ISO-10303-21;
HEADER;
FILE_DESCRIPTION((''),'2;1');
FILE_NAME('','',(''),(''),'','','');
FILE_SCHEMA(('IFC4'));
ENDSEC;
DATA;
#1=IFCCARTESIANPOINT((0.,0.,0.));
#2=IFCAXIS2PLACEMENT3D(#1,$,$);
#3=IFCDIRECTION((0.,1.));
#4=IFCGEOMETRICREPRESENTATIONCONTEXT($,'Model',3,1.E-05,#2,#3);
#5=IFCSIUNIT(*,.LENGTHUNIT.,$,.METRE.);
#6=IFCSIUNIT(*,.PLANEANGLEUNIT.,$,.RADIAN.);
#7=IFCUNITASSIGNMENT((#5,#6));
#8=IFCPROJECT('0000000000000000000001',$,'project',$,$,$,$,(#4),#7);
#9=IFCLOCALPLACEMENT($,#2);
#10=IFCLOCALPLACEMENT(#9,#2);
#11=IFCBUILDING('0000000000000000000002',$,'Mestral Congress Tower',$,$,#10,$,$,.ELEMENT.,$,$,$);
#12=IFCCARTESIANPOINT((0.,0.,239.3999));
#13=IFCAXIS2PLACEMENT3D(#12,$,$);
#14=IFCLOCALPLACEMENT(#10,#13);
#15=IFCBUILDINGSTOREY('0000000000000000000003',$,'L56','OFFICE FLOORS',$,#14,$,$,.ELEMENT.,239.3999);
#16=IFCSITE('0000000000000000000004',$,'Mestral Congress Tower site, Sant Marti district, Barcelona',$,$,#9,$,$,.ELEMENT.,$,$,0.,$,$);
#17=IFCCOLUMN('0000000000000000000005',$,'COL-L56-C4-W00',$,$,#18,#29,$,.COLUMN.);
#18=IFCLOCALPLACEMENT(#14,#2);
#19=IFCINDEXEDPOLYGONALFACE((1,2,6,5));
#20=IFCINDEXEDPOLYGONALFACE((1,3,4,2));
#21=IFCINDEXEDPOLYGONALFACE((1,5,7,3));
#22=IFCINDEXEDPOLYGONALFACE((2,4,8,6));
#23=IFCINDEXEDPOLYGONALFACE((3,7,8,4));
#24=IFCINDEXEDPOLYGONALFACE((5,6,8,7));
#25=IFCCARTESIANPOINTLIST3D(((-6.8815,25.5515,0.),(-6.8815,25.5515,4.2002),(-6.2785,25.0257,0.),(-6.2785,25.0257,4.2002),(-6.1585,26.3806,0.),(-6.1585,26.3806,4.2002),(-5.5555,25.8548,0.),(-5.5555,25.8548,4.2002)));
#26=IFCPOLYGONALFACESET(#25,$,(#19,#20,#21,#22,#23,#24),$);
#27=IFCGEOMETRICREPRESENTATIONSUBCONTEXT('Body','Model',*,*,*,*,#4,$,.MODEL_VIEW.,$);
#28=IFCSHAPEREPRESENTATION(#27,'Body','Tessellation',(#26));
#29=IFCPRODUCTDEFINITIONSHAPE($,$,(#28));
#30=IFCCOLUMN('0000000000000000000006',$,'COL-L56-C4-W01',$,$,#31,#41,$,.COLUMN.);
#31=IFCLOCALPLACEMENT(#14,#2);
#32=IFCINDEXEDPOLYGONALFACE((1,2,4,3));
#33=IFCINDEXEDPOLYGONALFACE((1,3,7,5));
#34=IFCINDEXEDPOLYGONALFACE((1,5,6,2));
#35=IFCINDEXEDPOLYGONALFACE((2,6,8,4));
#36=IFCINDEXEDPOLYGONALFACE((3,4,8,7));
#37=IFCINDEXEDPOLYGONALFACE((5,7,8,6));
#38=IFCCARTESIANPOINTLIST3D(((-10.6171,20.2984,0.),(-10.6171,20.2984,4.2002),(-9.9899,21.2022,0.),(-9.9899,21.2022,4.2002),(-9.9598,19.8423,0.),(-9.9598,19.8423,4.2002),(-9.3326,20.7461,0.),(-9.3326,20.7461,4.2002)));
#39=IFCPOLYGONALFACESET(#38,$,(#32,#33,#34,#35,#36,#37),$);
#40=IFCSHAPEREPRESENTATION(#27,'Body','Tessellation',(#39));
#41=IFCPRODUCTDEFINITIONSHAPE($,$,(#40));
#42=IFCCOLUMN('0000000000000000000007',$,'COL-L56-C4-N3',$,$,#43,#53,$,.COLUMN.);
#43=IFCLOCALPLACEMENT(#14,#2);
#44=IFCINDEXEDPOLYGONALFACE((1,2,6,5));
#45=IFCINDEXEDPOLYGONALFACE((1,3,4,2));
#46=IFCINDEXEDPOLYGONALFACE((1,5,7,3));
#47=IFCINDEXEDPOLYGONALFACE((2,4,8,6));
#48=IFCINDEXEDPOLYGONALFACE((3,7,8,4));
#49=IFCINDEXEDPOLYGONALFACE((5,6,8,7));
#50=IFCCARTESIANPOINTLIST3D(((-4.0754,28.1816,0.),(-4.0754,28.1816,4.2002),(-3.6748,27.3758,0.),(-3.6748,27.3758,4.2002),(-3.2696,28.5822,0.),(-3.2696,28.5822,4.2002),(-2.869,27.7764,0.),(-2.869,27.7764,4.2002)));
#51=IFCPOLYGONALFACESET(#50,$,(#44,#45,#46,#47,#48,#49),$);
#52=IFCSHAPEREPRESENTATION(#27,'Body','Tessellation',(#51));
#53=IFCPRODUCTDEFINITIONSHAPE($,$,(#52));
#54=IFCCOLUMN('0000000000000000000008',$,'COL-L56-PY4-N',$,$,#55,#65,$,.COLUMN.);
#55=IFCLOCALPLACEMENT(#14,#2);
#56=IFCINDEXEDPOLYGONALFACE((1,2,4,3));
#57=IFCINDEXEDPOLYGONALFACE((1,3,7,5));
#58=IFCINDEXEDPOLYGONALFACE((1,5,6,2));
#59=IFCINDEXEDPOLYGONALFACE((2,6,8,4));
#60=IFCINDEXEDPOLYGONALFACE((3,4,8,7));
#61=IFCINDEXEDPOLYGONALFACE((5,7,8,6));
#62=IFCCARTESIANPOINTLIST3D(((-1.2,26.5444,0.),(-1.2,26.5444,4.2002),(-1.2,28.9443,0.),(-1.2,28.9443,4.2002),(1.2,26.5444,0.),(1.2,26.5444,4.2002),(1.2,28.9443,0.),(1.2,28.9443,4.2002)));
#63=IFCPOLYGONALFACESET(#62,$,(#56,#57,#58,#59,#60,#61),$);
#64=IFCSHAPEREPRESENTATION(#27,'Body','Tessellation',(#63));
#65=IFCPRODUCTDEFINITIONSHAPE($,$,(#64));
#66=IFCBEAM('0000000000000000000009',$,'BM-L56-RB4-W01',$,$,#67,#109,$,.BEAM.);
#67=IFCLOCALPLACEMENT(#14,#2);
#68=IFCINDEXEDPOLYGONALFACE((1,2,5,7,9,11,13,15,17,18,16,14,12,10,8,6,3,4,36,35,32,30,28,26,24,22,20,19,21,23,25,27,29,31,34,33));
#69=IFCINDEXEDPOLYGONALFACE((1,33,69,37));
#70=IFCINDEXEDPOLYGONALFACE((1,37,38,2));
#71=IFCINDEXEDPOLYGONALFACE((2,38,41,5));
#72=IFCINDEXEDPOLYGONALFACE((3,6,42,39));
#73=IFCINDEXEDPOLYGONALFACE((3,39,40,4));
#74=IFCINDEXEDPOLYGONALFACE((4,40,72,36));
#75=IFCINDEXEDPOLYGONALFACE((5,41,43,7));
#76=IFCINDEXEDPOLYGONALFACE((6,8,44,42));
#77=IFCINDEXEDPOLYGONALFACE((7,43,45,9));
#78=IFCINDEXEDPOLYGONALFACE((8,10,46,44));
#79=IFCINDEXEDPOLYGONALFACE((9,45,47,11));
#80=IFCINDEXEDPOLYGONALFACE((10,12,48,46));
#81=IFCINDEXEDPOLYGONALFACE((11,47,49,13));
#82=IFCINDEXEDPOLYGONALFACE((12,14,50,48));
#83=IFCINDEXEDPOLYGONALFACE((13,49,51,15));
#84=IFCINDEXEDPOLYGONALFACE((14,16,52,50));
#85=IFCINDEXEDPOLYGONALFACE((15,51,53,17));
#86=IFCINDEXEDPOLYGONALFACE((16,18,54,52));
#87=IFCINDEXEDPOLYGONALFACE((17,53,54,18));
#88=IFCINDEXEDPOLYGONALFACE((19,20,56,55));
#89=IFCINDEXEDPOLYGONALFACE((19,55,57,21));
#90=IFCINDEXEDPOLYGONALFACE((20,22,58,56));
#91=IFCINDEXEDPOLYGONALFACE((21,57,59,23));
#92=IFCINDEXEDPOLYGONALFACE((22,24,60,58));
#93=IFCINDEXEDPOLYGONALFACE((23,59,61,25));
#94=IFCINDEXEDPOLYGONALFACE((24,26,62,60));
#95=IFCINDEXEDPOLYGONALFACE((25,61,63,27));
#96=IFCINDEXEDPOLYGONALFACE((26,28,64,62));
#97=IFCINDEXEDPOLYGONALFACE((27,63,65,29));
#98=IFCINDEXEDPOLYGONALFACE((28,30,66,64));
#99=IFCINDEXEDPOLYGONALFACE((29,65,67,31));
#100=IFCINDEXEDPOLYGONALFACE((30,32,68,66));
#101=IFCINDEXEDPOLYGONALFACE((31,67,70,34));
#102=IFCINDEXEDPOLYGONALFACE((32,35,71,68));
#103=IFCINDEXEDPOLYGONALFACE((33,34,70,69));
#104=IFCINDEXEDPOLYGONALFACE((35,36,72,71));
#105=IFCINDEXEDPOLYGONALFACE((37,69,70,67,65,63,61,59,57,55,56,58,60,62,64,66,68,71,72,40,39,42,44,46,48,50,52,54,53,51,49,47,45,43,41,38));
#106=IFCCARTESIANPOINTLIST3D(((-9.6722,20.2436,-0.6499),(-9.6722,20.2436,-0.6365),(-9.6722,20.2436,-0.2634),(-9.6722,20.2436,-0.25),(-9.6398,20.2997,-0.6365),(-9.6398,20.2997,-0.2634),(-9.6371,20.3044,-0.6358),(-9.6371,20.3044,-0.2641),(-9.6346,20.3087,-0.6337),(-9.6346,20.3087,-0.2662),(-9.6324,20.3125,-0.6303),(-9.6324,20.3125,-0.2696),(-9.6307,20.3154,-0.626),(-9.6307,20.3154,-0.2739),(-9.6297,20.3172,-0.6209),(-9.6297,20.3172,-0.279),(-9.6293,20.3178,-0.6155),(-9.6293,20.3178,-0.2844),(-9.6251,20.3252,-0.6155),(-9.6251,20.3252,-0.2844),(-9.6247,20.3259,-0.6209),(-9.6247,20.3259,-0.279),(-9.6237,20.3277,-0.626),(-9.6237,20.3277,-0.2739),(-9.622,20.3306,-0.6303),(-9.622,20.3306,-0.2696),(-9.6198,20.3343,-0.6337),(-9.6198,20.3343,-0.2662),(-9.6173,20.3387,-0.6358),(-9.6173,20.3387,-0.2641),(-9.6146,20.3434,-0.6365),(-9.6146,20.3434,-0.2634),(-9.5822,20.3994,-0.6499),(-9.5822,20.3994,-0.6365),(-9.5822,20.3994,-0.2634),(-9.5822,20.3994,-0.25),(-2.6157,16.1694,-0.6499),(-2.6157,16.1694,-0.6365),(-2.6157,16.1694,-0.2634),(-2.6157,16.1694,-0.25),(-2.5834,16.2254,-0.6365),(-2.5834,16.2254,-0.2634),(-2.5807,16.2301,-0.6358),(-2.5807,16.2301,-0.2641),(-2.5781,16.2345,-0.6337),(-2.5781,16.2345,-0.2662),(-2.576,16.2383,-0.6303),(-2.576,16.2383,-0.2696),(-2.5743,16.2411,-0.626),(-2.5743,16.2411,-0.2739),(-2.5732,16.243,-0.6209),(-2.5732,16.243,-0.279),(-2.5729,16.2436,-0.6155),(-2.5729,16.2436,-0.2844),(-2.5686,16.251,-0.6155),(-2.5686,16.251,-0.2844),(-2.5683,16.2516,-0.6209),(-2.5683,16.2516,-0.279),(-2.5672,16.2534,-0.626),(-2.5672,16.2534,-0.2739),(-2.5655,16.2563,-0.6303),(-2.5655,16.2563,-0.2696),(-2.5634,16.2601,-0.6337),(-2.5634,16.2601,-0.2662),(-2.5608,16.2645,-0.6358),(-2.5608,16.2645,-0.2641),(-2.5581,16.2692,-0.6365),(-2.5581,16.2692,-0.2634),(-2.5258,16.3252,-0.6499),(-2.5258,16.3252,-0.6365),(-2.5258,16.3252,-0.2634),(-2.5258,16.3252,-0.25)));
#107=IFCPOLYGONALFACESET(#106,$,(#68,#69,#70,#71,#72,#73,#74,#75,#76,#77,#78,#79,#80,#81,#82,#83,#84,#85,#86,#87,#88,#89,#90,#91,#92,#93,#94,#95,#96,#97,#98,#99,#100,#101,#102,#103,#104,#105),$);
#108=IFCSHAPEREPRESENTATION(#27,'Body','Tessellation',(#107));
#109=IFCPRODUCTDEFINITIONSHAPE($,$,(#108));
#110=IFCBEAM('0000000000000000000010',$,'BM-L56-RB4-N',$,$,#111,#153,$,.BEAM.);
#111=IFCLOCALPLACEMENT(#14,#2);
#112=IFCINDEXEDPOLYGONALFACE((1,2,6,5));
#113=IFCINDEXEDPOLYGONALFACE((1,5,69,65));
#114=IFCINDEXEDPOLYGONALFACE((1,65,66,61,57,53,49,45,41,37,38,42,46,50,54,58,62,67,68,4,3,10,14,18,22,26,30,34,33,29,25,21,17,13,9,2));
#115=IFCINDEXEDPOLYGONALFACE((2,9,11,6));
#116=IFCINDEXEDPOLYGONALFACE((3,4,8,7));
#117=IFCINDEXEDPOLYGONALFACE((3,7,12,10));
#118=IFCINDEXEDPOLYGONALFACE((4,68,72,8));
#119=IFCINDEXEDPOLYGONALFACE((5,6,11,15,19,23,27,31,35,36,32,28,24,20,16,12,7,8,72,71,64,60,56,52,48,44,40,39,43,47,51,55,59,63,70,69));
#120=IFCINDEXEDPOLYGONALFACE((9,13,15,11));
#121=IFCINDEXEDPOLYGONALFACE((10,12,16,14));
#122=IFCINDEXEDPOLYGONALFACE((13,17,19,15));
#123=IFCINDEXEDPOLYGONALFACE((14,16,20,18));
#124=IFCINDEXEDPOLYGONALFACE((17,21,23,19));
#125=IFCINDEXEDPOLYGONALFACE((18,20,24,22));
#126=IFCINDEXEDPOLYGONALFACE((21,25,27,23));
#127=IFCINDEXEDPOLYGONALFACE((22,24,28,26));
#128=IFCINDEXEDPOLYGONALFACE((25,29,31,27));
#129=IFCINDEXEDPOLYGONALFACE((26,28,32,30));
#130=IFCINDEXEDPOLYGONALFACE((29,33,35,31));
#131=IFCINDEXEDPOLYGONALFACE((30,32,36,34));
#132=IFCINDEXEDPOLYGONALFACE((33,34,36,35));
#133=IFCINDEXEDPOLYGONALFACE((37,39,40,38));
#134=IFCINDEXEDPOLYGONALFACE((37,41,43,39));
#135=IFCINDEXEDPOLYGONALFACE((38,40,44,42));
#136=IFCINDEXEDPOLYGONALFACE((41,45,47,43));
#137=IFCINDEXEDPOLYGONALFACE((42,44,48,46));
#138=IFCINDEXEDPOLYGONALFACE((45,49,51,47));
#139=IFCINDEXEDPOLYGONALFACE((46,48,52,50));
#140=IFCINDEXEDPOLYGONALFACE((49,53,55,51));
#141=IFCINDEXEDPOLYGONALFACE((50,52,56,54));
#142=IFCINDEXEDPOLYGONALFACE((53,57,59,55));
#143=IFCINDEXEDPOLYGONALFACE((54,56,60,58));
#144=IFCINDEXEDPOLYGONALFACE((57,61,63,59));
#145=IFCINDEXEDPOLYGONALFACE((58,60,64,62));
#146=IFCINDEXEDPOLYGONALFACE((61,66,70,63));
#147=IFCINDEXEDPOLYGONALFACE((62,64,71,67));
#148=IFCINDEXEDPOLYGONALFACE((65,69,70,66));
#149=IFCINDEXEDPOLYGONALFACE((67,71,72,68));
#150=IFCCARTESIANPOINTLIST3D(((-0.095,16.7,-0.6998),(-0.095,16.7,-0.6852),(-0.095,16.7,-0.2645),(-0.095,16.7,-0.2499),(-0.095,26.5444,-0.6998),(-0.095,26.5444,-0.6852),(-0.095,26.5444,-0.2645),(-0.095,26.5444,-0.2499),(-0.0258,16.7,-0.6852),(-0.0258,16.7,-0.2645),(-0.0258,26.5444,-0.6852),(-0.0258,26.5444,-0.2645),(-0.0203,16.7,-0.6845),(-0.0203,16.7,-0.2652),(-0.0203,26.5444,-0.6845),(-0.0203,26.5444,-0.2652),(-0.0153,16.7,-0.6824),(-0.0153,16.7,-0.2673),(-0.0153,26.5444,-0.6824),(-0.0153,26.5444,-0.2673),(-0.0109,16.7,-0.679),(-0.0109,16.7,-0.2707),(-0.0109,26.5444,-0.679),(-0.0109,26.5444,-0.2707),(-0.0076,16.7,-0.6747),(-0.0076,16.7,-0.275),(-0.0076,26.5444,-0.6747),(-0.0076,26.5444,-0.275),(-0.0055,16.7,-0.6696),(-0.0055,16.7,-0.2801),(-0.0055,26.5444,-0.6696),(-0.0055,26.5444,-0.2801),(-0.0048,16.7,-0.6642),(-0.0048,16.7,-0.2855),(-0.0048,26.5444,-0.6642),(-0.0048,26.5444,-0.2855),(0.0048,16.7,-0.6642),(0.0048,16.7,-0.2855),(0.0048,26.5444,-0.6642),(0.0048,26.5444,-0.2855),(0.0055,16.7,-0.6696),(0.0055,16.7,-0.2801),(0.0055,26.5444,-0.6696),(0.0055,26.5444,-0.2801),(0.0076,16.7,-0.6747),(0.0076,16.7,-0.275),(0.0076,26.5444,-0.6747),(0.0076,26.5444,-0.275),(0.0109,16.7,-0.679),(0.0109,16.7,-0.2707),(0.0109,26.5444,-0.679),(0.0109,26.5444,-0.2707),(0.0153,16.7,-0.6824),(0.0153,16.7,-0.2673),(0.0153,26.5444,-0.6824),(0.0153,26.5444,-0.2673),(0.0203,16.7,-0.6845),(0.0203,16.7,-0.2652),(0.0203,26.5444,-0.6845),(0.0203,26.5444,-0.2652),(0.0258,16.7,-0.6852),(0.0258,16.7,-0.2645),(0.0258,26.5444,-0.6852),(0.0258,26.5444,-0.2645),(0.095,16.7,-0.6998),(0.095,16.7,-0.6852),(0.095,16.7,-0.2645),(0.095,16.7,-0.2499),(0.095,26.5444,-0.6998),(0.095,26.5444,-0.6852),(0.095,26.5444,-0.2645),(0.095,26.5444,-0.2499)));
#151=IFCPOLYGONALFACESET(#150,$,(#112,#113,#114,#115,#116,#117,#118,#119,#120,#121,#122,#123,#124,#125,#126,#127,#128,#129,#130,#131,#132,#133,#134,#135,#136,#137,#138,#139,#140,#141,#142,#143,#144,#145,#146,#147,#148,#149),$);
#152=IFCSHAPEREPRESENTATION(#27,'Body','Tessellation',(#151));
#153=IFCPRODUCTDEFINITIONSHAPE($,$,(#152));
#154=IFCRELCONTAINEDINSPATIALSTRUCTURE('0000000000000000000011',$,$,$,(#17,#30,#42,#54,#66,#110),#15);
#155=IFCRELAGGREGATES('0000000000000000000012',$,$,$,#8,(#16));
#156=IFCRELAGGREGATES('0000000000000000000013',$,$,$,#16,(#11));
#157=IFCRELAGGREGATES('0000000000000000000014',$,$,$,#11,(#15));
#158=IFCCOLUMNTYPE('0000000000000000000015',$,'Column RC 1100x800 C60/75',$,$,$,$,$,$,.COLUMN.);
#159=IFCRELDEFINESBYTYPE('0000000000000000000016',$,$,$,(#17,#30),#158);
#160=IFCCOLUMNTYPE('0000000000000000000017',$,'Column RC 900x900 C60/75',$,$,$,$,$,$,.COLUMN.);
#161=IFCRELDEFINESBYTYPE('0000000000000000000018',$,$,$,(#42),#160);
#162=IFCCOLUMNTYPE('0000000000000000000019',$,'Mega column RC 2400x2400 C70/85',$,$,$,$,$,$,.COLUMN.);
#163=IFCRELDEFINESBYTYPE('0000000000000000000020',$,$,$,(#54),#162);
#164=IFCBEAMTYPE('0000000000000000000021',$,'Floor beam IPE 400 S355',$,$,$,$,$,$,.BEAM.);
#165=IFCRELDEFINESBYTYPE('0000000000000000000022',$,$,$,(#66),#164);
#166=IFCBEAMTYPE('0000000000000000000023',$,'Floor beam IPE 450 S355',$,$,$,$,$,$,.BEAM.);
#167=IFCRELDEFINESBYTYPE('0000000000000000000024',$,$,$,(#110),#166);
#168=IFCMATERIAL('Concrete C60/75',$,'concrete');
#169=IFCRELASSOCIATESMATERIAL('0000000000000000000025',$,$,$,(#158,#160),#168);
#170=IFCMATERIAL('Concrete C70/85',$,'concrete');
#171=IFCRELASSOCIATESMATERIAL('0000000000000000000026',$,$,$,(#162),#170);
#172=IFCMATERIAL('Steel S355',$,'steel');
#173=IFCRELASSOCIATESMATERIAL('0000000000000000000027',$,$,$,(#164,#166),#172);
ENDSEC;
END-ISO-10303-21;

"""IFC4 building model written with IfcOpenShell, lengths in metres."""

from ifc_helpers import new_model, si_unit, direction, frame, origin, origin_2d, place, context, subcontext, project, spatial, rectangle, i_section, extrude, material, material_profile, profile_set, type_object, element, save


model = new_model("IFC4")

# Units and contexts
model_context = context("Model", 3, precision=1e-05, world=origin(), true_north=direction((0.0, 1.0)))
body_context = subcontext(model_context, "Body", "Model", "MODEL_VIEW")
ifc_project = project(units=[si_unit("LENGTHUNIT", "METRE"), si_unit("PLANEANGLEUNIT", "RADIAN")], contexts=[model_context])

# Site, building, storey
site_placement = place(None, origin())
site = spatial("IfcSite", under=ifc_project, at=site_placement, Name="Mestral Congress Tower site, Sant Marti district, Barcelona", CompositionType="ELEMENT", RefElevation=0.0)
building_placement = place(site_placement, origin())
building = spatial("IfcBuilding", under=site, at=building_placement, Name="Mestral Congress Tower", CompositionType="ELEMENT")
storey_placement = place(building_placement, frame((0.0, 0.0, 239.3999)))
storey = spatial("IfcBuildingStorey", under=building, at=storey_placement, Name="L56", Description="OFFICE FLOORS", CompositionType="ELEMENT", Elevation=239.3999)

# Columns
ifc_material_1 = material(Name="Concrete C60/75", Category="concrete")
ifc_material_profile_1 = material_profile(ifc_material_1, rectangle(XDim=1.1001, YDim=0.8, at=origin_2d()), Name="RC 1100x800")
ifc_profile_set_1 = profile_set([ifc_material_profile_1], Name="Concrete C60/75")
column_type_1 = type_object("IfcColumnType", Name="Column RC 1100x800 C60/75", PredefinedType="COLUMN", material=ifc_profile_set_1)
for number, where, z_axis, x_axis, name in (
    (1, (-6.2185, 25.7031, 0.0), (0.0, 0.0, 1.0), (-0.65725, -0.753672, 0.0), "COL-L56-C4-W00"),
    (2, (-9.9749, 20.5222, 0.0), (0.0, 0.0, 1.0), (-0.570084, -0.821586, 0.0), "COL-L56-C4-W01"),
):
    element("IfcColumn", number, at=place(storey_placement, frame(where, z_axis=z_axis, x_axis=x_axis)), inside=storey, type_object=column_type_1, Name=name, PredefinedType="COLUMN", context=body_context, shape_type="SweptSolid", body=[
        extrude(rectangle(XDim=1.1001, YDim=0.8, at=origin_2d()), origin(), (0.0, 0.0, 1.0), 4.2002),
    ])
ifc_material_profile_2 = material_profile(ifc_material_1, rectangle(XDim=0.8999, YDim=0.8999, at=origin_2d()), Name="RC 900x900")
ifc_profile_set_2 = profile_set([ifc_material_profile_2], Name="Concrete C60/75")
column_type_2 = type_object("IfcColumnType", Name="Column RC 900x900 C60/75", PredefinedType="COLUMN", material=ifc_profile_set_2)
column_1_placement = place(storey_placement, frame((-3.4722, 27.979, 0.0), z_axis=(0.0, 0.0, 1.0), x_axis=(-0.895456, -0.445149, 0.0)))
element("IfcColumn", 3, at=column_1_placement, inside=storey, type_object=column_type_2, Name="COL-L56-C4-N3", PredefinedType="COLUMN", context=body_context, shape_type="SweptSolid", body=[
    extrude(rectangle(XDim=0.8999, YDim=0.8999, at=origin_2d()), origin(), (0.0, 0.0, 1.0), 4.2002),
])
ifc_material_2 = material(Name="Concrete C70/85", Category="concrete")
ifc_material_profile_3 = material_profile(ifc_material_2, rectangle(XDim=2.3999, YDim=2.3999, at=origin_2d()), Name="RC 2400x2400")
ifc_profile_set_3 = profile_set([ifc_material_profile_3], Name="Concrete C70/85")
column_type_3 = type_object("IfcColumnType", Name="Mega column RC 2400x2400 C70/85", PredefinedType="COLUMN", material=ifc_profile_set_3)
column_2_placement = place(storey_placement, frame((0.0, 27.7444, 0.0), z_axis=(0.0, 0.0, 1.0), x_axis=(0.0, 1.0, 0.0)))
element("IfcColumn", 4, at=column_2_placement, inside=storey, type_object=column_type_3, Name="COL-L56-PY4-N", PredefinedType="COLUMN", context=body_context, shape_type="SweptSolid", body=[
    extrude(rectangle(XDim=2.3999, YDim=2.3999, at=origin_2d()), origin(), (0.0, 0.0, 1.0), 4.2002),
])

# Beams
ifc_material_3 = material(Name="Steel S355", Category="steel")
ifc_material_profile_4 = material_profile(ifc_material_3, i_section(OverallWidth=0.1799, OverallDepth=0.3999, WebThickness=0.0085, FlangeThickness=0.0134, FilletRadius=0.021, at=origin_2d()), Name="IPE 400")
ifc_profile_set_4 = profile_set([ifc_material_profile_4], Name="Steel S355")
beam_type_1 = type_object("IfcBeamType", Name="Floor beam IPE 400 S355", PredefinedType="BEAM", material=ifc_profile_set_4)
beam_1_placement = place(storey_placement, frame((-9.6272, 20.3215, -0.45), z_axis=(0.866014, -0.500019, 0.0), x_axis=(0.500019, 0.866014, 0.0)))
element("IfcBeam", 5, at=beam_1_placement, inside=storey, type_object=beam_type_1, Name="BM-L56-RB4-W01", PredefinedType="BEAM", context=body_context, shape_type="SweptSolid", body=[
    extrude(i_section(OverallWidth=0.1799, OverallDepth=0.3999, WebThickness=0.0085, FlangeThickness=0.0134, FilletRadius=0.021, at=origin_2d()), origin(), (0.0, 0.0, 1.0), 8.1482),
])
ifc_material_profile_5 = material_profile(ifc_material_3, i_section(OverallWidth=0.1899, OverallDepth=0.45, WebThickness=0.0095, FlangeThickness=0.0146, FilletRadius=0.021, at=origin_2d()), Name="IPE 450")
ifc_profile_set_5 = profile_set([ifc_material_profile_5], Name="Steel S355")
beam_type_2 = type_object("IfcBeamType", Name="Floor beam IPE 450 S355", PredefinedType="BEAM", material=ifc_profile_set_5)
beam_2_placement = place(storey_placement, frame((0.0, 26.5444, -0.4749), z_axis=(0.0, -1.0, 0.0), x_axis=(1.0, 0.0, 0.0)))
element("IfcBeam", 6, at=beam_2_placement, inside=storey, type_object=beam_type_2, Name="BM-L56-RB4-N", PredefinedType="BEAM", context=body_context, shape_type="SweptSolid", body=[
    extrude(i_section(OverallWidth=0.1899, OverallDepth=0.45, WebThickness=0.0095, FlangeThickness=0.0146, FilletRadius=0.021, at=origin_2d()), origin(), (0.0, 0.0, 1.0), 9.8445),
])

save(model, "model.ifc")
